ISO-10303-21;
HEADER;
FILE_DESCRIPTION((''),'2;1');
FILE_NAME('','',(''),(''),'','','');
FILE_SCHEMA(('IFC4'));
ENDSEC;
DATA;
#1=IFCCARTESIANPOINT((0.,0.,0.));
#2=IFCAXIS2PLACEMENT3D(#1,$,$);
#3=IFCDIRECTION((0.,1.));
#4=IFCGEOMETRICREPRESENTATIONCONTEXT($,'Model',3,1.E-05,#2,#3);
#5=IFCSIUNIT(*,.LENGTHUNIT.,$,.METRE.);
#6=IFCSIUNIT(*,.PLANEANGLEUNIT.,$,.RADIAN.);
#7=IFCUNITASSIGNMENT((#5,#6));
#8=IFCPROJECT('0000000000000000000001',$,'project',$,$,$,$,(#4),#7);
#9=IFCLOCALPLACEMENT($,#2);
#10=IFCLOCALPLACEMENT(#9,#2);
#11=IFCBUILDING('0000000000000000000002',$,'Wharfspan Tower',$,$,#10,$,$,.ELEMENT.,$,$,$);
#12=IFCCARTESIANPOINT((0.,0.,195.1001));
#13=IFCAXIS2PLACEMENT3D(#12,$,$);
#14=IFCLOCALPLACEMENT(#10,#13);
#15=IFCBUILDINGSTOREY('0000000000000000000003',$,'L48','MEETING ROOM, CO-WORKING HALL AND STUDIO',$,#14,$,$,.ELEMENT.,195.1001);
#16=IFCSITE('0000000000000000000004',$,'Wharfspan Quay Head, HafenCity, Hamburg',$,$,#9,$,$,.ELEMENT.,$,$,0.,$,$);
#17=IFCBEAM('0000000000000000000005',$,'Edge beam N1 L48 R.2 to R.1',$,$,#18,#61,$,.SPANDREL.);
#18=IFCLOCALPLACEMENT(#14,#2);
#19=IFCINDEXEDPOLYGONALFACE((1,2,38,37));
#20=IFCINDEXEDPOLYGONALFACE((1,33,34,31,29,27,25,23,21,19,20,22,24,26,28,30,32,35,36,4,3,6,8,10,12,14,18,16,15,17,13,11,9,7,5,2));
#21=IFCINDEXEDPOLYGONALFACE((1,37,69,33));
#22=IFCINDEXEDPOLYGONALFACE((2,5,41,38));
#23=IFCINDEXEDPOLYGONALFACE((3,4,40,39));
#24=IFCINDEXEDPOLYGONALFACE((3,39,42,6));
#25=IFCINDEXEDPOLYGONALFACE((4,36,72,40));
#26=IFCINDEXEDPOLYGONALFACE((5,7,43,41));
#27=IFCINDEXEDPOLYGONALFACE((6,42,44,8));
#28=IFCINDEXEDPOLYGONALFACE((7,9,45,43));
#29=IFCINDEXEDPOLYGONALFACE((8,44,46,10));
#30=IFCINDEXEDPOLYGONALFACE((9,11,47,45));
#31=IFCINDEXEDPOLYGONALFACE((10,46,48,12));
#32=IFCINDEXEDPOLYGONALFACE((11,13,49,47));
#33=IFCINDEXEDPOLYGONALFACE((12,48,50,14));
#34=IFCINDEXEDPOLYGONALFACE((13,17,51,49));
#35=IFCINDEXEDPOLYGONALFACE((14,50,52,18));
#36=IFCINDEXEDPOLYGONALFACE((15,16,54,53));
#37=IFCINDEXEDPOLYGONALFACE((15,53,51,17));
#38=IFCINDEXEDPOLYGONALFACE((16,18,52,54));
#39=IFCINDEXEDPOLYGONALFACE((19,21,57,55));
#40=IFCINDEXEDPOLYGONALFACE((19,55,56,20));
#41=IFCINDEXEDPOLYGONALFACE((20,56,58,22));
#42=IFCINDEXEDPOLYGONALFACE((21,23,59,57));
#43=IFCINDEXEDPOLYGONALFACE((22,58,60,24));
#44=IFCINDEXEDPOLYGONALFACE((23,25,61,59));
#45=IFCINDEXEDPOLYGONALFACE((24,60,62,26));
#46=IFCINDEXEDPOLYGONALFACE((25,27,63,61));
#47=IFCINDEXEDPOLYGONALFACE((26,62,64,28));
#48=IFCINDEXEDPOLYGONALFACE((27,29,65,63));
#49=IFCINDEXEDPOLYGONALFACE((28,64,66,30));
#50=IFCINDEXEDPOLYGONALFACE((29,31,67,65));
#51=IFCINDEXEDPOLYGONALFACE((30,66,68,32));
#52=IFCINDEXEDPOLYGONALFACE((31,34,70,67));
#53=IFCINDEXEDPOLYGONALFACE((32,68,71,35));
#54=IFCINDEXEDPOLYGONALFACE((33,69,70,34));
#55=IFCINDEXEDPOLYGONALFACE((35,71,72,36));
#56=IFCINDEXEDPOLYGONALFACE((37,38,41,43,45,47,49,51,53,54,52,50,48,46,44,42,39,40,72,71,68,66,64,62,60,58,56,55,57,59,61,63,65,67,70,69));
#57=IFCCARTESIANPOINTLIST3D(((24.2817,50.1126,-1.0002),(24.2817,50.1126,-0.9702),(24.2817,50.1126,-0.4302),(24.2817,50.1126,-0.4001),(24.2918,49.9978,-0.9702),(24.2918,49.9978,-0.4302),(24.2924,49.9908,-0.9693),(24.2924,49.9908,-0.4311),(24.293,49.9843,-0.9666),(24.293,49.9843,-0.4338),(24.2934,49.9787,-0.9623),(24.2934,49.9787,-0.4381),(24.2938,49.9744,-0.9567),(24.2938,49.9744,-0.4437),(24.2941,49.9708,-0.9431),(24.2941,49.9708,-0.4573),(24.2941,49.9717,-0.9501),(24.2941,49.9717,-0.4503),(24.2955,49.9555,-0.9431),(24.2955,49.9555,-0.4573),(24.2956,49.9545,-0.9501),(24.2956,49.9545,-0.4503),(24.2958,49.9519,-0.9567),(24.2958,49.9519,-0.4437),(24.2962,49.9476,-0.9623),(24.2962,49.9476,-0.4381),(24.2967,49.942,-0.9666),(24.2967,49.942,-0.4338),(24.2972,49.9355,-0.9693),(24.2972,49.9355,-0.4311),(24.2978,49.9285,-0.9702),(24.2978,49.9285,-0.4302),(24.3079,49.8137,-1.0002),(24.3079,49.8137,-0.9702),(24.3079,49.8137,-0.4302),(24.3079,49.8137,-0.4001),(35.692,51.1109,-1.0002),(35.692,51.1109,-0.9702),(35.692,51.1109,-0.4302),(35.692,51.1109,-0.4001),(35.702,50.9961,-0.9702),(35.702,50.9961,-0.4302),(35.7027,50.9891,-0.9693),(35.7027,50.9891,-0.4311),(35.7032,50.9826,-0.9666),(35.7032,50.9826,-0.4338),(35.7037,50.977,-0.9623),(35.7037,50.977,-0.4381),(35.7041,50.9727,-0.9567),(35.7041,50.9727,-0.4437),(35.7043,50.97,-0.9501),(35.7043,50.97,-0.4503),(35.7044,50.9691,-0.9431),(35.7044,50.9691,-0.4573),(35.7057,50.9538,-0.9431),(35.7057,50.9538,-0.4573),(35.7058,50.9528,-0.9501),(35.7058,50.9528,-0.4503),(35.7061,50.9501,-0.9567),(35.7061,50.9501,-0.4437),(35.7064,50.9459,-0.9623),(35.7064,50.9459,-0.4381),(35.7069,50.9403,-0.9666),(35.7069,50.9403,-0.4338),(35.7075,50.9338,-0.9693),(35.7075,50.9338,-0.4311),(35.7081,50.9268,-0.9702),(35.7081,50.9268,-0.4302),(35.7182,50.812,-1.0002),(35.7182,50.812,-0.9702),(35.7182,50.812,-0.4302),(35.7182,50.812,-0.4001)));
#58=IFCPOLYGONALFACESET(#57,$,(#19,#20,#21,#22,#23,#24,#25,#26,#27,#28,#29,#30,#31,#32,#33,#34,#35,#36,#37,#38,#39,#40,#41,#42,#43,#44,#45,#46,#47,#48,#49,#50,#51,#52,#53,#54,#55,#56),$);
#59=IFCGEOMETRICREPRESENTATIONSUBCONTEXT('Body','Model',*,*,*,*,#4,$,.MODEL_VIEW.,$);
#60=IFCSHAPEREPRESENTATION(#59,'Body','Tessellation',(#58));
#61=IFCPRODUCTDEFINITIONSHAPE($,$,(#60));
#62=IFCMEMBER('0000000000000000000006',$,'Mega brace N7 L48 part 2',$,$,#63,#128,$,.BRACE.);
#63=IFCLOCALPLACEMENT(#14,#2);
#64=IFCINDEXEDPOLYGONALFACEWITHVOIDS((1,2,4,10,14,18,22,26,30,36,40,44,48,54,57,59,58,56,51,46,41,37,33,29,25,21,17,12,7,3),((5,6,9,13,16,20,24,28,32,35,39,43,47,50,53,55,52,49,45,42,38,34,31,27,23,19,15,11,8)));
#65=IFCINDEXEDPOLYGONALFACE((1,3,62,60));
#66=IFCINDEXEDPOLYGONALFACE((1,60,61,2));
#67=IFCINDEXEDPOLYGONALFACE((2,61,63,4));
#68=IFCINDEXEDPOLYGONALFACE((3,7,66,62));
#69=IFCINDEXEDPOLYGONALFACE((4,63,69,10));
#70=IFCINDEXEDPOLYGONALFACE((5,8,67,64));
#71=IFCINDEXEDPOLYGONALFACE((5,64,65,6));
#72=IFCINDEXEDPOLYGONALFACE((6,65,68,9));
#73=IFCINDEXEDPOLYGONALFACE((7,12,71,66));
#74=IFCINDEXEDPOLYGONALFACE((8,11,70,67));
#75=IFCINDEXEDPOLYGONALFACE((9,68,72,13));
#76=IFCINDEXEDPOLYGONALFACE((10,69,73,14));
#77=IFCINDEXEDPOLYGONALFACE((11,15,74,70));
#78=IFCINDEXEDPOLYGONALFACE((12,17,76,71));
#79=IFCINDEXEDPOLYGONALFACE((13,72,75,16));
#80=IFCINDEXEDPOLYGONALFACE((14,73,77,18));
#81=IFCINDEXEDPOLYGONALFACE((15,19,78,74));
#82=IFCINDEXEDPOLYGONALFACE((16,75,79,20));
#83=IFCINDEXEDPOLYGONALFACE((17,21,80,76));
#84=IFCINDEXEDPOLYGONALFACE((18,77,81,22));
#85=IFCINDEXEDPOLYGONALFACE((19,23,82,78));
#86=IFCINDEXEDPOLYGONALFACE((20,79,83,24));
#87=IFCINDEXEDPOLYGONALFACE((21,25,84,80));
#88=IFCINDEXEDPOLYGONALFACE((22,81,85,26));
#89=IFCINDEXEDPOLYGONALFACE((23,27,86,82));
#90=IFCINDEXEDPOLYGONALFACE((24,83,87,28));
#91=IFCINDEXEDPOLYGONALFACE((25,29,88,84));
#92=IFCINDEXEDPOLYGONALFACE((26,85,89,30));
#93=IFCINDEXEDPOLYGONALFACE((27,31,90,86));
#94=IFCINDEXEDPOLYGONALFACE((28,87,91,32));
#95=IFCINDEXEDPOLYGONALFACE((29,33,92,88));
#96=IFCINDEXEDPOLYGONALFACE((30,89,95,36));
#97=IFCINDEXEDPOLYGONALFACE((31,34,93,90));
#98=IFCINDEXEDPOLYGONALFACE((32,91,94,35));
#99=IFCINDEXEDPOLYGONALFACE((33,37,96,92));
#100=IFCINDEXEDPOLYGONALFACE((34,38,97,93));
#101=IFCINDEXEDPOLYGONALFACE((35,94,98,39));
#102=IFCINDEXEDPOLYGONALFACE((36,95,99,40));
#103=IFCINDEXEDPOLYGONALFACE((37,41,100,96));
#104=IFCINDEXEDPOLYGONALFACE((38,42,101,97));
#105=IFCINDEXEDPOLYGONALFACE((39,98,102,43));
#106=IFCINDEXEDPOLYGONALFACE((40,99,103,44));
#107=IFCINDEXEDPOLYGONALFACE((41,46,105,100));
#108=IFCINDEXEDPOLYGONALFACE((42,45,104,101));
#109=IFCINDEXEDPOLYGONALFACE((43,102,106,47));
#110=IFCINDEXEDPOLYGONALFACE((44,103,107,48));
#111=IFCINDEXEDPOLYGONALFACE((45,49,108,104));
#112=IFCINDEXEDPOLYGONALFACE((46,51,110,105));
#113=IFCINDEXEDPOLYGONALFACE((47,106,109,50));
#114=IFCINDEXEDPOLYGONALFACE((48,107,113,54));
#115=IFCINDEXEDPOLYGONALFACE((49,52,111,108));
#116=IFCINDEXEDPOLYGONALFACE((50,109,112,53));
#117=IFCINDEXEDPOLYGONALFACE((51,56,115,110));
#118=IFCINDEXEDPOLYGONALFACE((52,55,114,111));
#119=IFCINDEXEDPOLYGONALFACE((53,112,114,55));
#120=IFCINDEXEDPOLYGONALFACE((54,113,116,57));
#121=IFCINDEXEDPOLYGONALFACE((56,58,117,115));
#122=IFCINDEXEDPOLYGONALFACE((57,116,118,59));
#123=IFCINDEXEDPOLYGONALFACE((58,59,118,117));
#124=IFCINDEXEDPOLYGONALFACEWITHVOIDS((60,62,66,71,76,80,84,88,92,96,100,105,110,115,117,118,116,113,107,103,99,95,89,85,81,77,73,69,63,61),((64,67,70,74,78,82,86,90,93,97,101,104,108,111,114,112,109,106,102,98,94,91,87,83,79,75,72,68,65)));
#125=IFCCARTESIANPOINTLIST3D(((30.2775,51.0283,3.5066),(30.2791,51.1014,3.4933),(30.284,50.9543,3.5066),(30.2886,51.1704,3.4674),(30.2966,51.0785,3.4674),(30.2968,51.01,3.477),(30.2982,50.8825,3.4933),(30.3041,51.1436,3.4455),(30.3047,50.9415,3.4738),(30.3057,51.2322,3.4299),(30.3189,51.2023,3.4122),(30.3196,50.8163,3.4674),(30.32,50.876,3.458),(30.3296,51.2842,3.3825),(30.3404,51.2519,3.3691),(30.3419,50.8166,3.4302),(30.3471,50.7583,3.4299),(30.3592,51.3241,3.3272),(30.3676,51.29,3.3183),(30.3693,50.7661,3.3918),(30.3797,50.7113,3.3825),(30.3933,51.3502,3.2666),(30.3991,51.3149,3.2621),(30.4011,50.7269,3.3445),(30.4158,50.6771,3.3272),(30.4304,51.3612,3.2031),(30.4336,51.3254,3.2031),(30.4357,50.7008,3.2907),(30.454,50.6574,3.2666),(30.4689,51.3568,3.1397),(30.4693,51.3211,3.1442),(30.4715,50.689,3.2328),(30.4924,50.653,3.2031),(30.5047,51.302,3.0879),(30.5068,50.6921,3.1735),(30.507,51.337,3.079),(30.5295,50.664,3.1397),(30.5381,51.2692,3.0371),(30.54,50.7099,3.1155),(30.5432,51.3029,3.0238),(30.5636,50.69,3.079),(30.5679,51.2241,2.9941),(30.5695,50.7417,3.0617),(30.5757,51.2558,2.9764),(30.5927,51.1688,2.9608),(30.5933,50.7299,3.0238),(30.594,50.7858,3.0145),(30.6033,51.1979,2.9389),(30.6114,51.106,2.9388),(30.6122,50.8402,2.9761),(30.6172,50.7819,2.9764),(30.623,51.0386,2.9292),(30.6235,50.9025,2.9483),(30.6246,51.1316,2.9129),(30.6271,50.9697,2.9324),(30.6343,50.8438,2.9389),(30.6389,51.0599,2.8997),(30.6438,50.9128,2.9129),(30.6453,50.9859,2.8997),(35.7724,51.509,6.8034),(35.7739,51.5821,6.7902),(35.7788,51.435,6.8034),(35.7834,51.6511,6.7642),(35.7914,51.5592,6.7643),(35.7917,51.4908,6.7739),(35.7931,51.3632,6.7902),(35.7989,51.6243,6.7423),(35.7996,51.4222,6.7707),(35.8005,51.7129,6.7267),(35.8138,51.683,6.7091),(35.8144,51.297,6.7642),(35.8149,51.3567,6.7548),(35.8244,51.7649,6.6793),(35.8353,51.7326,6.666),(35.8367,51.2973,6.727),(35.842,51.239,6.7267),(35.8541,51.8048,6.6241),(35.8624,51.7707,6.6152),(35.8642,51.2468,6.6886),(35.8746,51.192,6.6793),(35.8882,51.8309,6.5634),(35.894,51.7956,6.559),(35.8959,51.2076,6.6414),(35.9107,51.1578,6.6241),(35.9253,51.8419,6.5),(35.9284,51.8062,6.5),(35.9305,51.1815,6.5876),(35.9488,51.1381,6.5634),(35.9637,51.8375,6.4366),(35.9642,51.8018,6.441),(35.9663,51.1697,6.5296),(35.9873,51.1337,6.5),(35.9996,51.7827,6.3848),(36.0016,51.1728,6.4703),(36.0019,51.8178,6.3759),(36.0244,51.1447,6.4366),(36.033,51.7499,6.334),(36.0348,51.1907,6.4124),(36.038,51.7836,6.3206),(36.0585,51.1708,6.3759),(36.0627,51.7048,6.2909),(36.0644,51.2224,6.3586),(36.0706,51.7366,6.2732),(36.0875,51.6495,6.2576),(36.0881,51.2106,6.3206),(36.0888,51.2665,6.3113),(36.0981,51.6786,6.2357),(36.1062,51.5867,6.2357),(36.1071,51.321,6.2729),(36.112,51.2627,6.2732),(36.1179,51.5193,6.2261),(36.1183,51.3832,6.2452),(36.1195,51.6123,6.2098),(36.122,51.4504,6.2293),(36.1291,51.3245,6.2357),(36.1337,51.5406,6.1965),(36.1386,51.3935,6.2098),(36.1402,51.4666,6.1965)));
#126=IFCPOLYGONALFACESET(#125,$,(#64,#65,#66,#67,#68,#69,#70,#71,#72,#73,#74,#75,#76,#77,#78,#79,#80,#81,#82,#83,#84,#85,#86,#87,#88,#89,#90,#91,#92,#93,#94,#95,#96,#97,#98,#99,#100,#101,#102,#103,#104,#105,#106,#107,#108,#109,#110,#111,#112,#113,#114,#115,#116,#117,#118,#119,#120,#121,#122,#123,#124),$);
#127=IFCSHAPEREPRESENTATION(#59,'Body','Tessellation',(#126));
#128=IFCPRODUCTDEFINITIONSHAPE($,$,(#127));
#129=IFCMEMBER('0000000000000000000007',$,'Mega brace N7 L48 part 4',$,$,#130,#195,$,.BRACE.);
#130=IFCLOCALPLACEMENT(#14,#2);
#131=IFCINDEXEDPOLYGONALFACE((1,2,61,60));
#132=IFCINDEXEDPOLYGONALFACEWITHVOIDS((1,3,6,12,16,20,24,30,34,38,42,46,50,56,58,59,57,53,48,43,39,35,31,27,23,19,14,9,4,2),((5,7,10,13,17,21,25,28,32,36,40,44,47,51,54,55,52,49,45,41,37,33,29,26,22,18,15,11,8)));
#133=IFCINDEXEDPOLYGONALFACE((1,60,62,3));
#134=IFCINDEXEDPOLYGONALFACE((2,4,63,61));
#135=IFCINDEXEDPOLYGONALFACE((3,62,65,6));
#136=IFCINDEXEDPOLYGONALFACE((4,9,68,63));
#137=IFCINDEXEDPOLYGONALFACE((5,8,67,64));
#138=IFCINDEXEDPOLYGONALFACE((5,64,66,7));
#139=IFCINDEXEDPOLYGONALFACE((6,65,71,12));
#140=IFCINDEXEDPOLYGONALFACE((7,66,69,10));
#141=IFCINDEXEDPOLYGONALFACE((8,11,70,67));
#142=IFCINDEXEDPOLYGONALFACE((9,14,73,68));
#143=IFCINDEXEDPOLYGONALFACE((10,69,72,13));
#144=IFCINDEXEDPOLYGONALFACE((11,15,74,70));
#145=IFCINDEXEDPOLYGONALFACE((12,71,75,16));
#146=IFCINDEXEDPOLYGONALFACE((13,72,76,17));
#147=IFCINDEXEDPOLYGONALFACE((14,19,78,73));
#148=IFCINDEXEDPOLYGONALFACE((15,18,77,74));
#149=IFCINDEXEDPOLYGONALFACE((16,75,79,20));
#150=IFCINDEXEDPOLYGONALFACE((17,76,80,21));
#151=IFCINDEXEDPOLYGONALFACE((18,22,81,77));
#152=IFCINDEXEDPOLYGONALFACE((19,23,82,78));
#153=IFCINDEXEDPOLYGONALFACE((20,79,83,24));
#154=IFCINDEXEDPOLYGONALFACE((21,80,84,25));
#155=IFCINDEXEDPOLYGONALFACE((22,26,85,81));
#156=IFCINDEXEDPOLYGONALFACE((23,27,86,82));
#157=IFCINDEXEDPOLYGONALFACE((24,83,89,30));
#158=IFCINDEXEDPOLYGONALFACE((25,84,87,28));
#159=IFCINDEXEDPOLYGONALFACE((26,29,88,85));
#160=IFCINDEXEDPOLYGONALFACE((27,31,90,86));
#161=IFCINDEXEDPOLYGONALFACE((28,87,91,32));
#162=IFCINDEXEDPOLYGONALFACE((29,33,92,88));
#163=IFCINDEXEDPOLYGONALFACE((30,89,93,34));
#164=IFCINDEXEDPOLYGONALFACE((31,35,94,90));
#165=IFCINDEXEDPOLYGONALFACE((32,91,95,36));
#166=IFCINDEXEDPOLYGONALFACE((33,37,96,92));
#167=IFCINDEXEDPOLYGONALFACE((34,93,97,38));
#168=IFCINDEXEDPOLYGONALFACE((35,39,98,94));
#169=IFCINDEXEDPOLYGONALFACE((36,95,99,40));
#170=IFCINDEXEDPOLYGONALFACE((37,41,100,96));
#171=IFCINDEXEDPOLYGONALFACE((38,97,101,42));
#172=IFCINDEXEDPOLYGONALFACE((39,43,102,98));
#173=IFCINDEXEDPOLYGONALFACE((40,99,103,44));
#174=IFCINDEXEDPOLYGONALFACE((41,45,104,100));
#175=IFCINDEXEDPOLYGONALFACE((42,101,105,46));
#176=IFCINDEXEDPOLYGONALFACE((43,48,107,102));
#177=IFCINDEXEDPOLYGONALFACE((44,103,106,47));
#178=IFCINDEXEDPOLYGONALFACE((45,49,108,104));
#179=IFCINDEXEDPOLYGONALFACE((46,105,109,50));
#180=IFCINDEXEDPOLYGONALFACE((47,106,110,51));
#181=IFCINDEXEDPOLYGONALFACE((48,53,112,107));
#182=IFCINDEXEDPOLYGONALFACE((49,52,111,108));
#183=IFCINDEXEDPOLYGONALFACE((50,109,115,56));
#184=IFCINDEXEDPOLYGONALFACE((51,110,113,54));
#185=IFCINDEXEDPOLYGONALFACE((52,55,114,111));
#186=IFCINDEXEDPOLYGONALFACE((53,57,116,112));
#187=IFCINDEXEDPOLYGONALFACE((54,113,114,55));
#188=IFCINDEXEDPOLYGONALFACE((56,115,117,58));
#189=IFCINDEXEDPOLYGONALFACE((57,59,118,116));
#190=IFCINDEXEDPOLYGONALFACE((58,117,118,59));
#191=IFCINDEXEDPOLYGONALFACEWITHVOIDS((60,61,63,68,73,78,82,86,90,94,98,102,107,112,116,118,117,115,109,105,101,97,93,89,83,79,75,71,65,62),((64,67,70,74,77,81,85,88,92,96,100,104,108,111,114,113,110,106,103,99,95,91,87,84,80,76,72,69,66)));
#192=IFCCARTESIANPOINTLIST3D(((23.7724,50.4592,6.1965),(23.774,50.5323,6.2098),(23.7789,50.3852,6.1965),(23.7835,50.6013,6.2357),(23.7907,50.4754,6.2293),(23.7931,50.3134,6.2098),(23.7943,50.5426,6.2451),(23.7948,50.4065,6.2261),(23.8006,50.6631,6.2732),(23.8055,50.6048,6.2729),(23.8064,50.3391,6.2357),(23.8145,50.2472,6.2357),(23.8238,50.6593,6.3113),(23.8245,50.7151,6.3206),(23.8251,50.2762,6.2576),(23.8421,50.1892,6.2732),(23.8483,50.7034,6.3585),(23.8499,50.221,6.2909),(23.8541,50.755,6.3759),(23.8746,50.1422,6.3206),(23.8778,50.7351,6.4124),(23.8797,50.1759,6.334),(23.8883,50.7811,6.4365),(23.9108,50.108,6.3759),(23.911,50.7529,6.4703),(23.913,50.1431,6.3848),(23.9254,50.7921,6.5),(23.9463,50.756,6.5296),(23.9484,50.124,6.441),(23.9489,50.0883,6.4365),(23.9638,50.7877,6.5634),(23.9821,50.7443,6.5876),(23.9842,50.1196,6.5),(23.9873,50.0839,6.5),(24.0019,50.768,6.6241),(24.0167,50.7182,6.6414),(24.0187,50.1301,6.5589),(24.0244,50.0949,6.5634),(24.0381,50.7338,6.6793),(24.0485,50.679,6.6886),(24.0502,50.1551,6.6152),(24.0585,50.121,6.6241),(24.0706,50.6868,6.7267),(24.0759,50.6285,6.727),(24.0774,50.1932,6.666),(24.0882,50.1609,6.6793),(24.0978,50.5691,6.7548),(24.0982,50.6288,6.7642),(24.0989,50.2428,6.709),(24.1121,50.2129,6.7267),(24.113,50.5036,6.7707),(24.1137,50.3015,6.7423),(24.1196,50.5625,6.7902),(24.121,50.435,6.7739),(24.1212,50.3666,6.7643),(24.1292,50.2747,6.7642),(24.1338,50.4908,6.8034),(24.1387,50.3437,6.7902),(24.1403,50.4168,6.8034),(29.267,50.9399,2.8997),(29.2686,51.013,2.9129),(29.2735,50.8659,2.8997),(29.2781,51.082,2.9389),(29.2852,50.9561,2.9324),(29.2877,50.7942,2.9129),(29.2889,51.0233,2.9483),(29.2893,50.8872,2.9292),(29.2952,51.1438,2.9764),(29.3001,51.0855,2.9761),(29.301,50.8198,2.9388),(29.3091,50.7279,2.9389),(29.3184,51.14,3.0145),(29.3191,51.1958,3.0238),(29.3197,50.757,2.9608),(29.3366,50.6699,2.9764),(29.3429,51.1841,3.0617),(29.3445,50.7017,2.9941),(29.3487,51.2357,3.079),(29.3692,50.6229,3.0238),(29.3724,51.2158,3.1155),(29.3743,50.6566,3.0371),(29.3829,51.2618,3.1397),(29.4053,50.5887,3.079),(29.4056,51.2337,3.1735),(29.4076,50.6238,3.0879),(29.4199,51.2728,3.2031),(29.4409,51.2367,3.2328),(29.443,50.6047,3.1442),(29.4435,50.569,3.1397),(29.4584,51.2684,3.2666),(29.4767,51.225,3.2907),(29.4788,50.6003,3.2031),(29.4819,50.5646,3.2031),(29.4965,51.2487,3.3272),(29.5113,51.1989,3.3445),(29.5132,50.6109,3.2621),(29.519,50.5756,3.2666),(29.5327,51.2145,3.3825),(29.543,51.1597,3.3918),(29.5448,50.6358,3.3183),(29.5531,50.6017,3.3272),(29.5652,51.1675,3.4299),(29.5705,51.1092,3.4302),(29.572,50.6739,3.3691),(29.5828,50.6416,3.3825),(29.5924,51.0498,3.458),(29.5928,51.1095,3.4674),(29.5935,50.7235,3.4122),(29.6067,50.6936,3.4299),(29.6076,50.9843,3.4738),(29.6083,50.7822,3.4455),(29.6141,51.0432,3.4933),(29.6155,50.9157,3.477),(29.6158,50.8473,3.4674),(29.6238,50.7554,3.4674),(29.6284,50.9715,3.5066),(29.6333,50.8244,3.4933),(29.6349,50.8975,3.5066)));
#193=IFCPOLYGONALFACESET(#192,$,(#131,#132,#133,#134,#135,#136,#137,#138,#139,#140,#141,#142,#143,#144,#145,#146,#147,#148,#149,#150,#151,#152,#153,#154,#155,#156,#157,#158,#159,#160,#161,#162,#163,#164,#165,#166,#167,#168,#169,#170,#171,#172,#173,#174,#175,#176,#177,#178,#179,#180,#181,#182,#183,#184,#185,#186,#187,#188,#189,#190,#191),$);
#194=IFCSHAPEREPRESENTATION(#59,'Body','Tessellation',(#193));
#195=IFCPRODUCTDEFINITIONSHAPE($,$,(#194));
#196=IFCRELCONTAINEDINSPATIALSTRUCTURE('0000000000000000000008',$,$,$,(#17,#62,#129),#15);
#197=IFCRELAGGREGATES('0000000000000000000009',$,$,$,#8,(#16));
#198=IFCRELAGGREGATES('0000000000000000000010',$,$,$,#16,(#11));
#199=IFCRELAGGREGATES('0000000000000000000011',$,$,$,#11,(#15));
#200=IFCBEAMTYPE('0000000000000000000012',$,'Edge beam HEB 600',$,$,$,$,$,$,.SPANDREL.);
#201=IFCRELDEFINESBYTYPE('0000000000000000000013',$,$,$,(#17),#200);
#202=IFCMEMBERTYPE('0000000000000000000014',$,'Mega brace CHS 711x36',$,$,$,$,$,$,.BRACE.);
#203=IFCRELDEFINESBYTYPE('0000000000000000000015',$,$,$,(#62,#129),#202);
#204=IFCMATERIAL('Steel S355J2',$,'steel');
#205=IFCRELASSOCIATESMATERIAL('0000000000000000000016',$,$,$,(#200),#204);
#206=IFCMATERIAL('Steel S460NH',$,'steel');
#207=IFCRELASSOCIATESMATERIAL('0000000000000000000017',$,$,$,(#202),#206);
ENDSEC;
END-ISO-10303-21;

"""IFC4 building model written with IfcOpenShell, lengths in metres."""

from ifc_helpers import new_model, si_unit, direction, frame, origin, origin_2d, place, context, subcontext, project, spatial, hollow_circle, i_section, extrude, material, material_profile, profile_set, type_object, element, save


model = new_model("IFC4")

# Units and contexts
model_context = context("Model", 3, precision=1e-05, world=origin(), true_north=direction((0.0, 1.0)))
body_context = subcontext(model_context, "Body", "Model", "MODEL_VIEW")
ifc_project = project(units=[si_unit("LENGTHUNIT", "METRE"), si_unit("PLANEANGLEUNIT", "RADIAN")], contexts=[model_context])

# Site, building, storey
site_placement = place(None, origin())
site = spatial("IfcSite", under=ifc_project, at=site_placement, Name="Wharfspan Quay Head, HafenCity, Hamburg", CompositionType="ELEMENT", RefElevation=0.0)
building_placement = place(site_placement, origin())
building = spatial("IfcBuilding", under=site, at=building_placement, Name="Wharfspan Tower", CompositionType="ELEMENT")
storey_placement = place(building_placement, frame((0.0, 0.0, 195.1001)))
storey = spatial("IfcBuildingStorey", under=building, at=storey_placement, Name="L48", Description="MEETING ROOM, CO-WORKING HALL AND STUDIO", CompositionType="ELEMENT", Elevation=195.1001)

# Beam
ifc_material_1 = material(Name="Steel S355J2", Category="steel")
ifc_material_profile_1 = material_profile(ifc_material_1, i_section(OverallWidth=0.3, OverallDepth=0.6001, WebThickness=0.0154, FlangeThickness=0.03, FilletRadius=0.0271, at=origin_2d()))
ifc_profile_set_1 = profile_set([ifc_material_profile_1], Name="Steel S355J2")
beam_type = type_object("IfcBeamType", Name="Edge beam HEB 600", PredefinedType="SPANDREL", material=ifc_profile_set_1)
beam_placement = place(storey_placement, frame((35.7051, 50.9614, -0.7002), z_axis=(-0.996194, -0.087158, 0.0), x_axis=(0.087158, -0.996194, 0.0)))
element("IfcBeam", 1, at=beam_placement, inside=storey, type_object=beam_type, Name="Edge beam N1 L48 R.2 to R.1", PredefinedType="SPANDREL", context=body_context, shape_type="SweptSolid", body=[
    extrude(i_section(OverallWidth=0.3, OverallDepth=0.6001, WebThickness=0.0154, FlangeThickness=0.03, FilletRadius=0.0271, at=origin_2d()), origin(), (0.0, 0.0, 1.0), 11.4539),
])

# Members
ifc_material_2 = material(Name="Steel S460NH", Category="steel")
ifc_material_profile_2 = material_profile(ifc_material_2, hollow_circle(Radius=0.3555, WallThickness=0.0359, at=origin_2d()))
ifc_profile_set_2 = profile_set([ifc_material_profile_2], Name="Steel S460NH")
member_type = type_object("IfcMemberType", Name="Mega brace CHS 711x36", PredefinedType="BRACE", material=ifc_profile_set_2)
member_1_placement = place(storey_placement, frame((30.4614, 51.0071, 3.2031), z_axis=(0.855094, 0.074807, 0.513049), x_axis=(-0.087152, 0.996192, 0.000002)))
element("IfcMember", 2, at=member_1_placement, inside=storey, type_object=member_type, Name="Mega brace N7 L48 part 2", PredefinedType="BRACE", context=body_context, shape_type="SweptSolid", body=[
    extrude(hollow_circle(Radius=0.3555, WallThickness=0.0359, at=origin_2d()), origin(), (0.0, 0.0, 1.0), 6.426),
])
member_2_placement = place(storey_placement, frame((29.4509, 50.9187, 3.2031), z_axis=(-0.855083, -0.074809, 0.513065), x_axis=(0.087154, -0.996196, -0.000001)))
element("IfcMember", 3, at=member_2_placement, inside=storey, type_object=member_type, Name="Mega brace N7 L48 part 4", PredefinedType="BRACE", context=body_context, shape_type="SweptSolid", body=[
    extrude(hollow_circle(Radius=0.3555, WallThickness=0.0359, at=origin_2d()), origin(), (0.0, 0.0, 1.0), 6.4258),
])

save(model, "model.ifc")
